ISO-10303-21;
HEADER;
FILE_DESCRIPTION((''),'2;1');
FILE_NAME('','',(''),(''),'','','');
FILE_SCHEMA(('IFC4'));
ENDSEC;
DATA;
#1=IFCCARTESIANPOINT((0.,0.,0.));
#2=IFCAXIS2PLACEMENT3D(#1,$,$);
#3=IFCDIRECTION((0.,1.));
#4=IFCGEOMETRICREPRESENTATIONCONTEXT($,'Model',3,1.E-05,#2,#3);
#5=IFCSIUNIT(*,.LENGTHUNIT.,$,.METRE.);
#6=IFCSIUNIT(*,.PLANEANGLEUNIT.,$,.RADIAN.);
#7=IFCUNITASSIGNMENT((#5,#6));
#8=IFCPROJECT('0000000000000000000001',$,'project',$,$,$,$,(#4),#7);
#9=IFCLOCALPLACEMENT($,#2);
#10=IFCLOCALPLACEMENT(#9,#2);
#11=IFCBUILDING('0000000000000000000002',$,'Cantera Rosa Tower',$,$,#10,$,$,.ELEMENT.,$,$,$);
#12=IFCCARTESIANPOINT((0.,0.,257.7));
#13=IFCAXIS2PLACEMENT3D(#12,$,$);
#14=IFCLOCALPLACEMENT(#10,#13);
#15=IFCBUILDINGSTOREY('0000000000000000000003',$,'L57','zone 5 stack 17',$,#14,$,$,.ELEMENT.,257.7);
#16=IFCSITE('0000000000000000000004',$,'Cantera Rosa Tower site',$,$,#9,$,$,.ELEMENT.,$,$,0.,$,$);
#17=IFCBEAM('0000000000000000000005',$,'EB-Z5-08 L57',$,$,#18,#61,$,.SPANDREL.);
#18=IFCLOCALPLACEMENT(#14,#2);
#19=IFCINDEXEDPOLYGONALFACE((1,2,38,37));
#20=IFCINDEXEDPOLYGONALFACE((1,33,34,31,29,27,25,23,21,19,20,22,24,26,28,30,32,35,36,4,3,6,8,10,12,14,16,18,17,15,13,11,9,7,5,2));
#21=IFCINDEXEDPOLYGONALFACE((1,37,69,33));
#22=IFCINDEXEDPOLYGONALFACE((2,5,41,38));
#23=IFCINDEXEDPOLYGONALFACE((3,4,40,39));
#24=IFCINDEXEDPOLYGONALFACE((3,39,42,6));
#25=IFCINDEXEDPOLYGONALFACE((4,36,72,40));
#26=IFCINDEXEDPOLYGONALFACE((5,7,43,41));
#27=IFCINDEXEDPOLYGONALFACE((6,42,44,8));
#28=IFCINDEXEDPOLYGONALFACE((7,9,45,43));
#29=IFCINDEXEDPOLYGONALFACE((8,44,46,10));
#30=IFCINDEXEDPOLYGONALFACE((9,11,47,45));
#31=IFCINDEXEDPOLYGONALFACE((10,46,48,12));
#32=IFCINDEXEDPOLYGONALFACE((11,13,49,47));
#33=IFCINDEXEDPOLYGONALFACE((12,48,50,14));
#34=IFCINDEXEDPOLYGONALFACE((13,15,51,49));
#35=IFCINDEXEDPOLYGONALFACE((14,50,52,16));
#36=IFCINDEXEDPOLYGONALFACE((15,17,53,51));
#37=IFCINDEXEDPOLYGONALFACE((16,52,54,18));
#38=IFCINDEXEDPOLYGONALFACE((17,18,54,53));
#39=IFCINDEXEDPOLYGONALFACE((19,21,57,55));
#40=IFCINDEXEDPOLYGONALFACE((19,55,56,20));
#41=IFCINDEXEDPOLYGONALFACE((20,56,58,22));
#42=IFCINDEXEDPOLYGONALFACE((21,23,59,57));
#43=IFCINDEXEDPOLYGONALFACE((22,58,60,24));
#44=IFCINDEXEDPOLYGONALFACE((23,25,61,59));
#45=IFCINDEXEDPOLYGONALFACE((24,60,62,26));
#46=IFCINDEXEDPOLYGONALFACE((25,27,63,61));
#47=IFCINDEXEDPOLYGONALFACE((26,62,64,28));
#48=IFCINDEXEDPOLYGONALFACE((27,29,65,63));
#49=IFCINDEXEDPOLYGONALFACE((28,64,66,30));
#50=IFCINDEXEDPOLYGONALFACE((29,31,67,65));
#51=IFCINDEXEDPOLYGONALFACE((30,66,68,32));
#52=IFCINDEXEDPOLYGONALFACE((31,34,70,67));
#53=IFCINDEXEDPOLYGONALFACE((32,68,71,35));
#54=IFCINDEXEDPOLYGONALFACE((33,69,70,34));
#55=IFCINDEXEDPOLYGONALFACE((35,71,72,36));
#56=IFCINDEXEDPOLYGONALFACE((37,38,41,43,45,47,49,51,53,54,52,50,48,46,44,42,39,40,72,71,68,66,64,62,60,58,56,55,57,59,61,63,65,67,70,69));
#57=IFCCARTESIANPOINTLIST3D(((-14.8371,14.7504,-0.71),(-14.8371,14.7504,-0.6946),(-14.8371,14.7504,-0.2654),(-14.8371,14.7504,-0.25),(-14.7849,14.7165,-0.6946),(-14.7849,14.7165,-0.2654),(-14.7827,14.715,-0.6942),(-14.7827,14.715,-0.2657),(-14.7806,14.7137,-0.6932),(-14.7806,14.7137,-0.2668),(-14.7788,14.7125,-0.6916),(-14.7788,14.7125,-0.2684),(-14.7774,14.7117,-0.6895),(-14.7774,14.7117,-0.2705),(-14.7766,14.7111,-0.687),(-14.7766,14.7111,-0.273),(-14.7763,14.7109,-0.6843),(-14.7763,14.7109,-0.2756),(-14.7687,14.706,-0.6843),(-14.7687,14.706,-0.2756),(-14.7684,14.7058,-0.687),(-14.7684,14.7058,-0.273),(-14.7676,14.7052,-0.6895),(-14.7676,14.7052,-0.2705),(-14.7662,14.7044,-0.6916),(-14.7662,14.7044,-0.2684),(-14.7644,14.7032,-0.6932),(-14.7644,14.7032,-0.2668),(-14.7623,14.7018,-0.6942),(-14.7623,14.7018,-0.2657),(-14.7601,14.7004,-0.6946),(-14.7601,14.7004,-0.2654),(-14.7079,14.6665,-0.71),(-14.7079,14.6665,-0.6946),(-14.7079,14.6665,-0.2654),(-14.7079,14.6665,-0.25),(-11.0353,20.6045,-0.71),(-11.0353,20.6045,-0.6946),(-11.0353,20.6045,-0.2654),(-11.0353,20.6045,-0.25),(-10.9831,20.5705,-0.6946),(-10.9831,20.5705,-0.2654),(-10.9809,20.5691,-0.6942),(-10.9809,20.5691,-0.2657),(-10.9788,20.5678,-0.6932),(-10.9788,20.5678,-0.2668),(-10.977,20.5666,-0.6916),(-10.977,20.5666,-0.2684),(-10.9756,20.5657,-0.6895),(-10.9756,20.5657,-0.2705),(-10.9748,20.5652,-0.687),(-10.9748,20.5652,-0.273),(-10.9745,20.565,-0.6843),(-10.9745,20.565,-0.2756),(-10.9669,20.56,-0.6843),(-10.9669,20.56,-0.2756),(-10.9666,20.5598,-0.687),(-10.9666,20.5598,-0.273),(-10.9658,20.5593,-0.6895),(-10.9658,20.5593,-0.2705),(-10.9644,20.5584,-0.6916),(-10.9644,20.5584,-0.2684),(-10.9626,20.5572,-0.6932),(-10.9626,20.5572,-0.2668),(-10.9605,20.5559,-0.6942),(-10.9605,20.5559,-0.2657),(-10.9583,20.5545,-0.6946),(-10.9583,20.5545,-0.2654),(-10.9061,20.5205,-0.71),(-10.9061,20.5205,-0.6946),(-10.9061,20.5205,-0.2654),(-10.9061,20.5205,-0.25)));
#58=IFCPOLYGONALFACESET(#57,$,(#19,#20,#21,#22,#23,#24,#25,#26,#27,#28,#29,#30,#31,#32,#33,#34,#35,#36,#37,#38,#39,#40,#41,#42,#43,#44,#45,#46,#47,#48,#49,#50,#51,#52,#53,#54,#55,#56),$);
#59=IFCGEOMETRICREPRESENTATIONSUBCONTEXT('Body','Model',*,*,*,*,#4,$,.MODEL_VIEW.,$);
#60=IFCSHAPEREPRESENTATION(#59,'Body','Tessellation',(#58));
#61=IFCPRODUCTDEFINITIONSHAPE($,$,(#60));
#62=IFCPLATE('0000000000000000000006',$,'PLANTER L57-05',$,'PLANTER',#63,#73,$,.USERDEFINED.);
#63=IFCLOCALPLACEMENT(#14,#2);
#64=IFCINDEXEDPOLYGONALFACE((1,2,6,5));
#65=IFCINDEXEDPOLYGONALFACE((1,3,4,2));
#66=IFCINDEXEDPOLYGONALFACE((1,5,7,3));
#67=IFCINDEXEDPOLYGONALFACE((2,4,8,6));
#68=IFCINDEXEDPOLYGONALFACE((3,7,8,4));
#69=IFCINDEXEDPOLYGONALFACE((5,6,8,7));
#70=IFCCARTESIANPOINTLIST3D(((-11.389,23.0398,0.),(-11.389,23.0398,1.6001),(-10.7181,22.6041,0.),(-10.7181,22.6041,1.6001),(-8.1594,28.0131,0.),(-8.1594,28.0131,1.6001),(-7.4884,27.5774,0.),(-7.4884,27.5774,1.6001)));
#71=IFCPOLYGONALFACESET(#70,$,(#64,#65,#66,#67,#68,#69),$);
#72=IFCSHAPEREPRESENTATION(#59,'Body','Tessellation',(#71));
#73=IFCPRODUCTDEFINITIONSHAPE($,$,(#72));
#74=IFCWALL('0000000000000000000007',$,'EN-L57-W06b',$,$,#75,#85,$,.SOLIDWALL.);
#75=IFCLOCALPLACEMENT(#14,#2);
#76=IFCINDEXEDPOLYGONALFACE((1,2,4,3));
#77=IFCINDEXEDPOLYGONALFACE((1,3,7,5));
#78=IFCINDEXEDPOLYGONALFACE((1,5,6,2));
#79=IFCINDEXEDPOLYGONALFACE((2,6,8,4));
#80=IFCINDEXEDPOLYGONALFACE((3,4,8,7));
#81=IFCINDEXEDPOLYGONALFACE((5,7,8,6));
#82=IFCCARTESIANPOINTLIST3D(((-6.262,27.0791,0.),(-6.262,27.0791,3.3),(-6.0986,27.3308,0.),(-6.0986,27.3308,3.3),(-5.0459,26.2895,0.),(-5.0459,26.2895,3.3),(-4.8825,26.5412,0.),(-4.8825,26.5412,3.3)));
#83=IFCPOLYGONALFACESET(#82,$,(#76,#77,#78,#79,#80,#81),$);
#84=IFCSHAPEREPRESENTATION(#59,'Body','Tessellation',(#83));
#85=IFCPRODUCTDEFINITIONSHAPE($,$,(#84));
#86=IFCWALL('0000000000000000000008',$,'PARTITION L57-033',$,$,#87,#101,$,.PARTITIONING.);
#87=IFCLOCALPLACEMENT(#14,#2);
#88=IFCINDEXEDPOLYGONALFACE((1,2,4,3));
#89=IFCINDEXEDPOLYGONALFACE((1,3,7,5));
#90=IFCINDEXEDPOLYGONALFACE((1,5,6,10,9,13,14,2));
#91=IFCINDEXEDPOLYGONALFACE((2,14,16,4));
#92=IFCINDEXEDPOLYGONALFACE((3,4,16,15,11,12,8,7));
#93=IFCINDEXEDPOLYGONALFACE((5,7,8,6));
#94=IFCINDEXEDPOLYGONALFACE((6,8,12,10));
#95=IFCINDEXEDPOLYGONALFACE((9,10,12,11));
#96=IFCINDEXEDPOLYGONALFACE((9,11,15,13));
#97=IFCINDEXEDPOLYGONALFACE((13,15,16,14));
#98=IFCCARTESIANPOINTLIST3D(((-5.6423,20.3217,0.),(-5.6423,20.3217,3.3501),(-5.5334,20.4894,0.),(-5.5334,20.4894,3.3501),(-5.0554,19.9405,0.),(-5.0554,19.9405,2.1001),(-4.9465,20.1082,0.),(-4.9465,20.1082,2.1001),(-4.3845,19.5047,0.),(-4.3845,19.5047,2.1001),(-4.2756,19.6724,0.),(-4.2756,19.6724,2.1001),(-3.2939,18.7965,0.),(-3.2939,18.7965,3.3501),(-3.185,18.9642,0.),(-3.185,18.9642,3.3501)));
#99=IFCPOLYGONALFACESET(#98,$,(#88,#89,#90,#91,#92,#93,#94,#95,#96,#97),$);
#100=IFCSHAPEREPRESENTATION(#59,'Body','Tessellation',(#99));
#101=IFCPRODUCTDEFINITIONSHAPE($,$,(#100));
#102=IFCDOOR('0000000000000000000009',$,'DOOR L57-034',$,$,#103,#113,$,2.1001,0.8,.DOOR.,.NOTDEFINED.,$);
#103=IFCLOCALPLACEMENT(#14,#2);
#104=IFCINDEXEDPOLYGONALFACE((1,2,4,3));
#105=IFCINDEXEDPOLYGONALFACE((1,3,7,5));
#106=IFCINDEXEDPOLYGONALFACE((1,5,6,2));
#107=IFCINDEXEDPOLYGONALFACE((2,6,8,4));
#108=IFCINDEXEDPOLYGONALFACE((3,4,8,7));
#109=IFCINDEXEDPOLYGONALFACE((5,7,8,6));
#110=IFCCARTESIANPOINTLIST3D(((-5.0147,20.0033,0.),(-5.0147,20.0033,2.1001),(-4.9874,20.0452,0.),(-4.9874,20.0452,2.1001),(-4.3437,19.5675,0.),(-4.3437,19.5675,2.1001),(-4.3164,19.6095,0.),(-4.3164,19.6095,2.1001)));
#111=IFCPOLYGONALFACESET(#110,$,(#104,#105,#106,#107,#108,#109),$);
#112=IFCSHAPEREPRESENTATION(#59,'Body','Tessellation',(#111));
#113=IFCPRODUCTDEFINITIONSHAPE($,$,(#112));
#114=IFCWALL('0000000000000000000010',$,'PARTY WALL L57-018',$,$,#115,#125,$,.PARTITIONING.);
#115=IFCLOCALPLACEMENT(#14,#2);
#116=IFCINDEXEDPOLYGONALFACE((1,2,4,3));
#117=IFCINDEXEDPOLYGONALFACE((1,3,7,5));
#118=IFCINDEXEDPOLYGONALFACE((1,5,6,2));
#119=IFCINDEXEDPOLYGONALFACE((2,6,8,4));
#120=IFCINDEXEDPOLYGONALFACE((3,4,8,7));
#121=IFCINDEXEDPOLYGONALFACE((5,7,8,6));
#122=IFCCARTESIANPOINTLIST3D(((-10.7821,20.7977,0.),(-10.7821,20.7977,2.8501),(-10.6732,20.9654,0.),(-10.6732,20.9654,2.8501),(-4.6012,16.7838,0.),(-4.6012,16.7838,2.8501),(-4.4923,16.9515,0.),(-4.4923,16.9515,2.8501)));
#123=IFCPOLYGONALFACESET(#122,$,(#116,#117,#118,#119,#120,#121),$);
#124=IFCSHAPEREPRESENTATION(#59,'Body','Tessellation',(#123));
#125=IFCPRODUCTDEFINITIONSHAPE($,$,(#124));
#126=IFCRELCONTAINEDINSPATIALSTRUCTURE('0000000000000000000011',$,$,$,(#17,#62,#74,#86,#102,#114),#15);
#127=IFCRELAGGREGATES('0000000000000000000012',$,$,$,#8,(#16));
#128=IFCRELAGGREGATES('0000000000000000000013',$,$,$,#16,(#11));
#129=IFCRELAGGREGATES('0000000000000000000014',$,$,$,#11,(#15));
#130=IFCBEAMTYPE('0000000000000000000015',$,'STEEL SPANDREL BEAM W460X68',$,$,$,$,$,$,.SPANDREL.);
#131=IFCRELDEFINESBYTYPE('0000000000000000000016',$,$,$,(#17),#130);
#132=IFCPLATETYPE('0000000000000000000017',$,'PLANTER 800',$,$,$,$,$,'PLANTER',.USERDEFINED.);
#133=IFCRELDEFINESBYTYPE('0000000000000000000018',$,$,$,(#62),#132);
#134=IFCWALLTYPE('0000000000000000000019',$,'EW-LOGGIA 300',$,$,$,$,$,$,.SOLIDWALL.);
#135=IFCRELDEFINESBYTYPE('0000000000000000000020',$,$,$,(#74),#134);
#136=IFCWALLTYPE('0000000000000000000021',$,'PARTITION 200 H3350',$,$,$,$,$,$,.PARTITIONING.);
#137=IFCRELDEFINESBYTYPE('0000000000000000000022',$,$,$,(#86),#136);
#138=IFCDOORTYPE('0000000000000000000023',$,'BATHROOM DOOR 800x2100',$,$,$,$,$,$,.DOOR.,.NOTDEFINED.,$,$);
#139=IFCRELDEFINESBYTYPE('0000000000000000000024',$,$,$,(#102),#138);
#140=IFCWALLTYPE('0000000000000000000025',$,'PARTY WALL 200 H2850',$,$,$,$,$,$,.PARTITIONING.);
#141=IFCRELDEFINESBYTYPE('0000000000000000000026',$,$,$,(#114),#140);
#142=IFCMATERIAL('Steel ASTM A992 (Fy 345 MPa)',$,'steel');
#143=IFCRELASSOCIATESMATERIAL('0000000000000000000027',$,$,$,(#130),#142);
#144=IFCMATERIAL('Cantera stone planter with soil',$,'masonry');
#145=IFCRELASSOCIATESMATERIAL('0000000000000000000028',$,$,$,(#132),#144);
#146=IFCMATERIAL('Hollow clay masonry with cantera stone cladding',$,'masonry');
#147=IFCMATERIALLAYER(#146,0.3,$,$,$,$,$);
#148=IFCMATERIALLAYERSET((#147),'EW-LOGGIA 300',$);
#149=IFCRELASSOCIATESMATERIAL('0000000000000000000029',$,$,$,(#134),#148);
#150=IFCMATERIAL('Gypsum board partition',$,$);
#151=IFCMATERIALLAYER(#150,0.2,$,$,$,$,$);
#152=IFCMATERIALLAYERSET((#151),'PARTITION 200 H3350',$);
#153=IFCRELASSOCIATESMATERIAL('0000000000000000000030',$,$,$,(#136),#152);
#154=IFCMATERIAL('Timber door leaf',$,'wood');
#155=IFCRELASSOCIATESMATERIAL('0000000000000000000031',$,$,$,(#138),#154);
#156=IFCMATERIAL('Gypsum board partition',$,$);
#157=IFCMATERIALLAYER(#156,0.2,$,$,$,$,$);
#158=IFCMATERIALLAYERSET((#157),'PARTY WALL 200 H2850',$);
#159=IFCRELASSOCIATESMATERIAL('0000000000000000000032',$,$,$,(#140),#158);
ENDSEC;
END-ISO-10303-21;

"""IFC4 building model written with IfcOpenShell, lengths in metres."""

from ifc_helpers import new_model, si_unit, direction, frame, frame_2d, origin, origin_2d, place, context, subcontext, project, spatial, rectangle, i_section, extrude, material, layer, layer_set, material_profile, profile_set, type_object, element, fill, save


model = new_model("IFC4")

# Units and contexts
model_context = context("Model", 3, precision=1e-05, world=origin(), true_north=direction((0.0, 1.0)))
body_context = subcontext(model_context, "Body", "Model", "MODEL_VIEW")
ifc_project = project(units=[si_unit("LENGTHUNIT", "METRE"), si_unit("PLANEANGLEUNIT", "RADIAN")], contexts=[model_context])

# Site, building, storey
site_placement = place(None, origin())
site = spatial("IfcSite", under=ifc_project, at=site_placement, Name="Cantera Rosa Tower site", CompositionType="ELEMENT", RefElevation=0.0)
building_placement = place(site_placement, origin())
building = spatial("IfcBuilding", under=site, at=building_placement, Name="Cantera Rosa Tower", CompositionType="ELEMENT")
storey_placement = place(building_placement, frame((0.0, 0.0, 257.7)))
storey = spatial("IfcBuildingStorey", under=building, at=storey_placement, Name="L57", Description="zone 5 stack 17", CompositionType="ELEMENT", Elevation=257.7)

# Beam
ifc_material_1 = material(Name="Steel ASTM A992 (Fy 345 MPa)", Category="steel")
ifc_material_profile_1 = material_profile(ifc_material_1, i_section(OverallWidth=0.1541, OverallDepth=0.46, WebThickness=0.009, FlangeThickness=0.0154, FilletRadius=0.0103, at=origin_2d()), Name="W460X68")
ifc_profile_set_1 = profile_set([ifc_material_profile_1], Name="Steel ASTM A992 (Fy 345 MPa)")
beam_type_1 = type_object("IfcBeamType", Name="STEEL SPANDREL BEAM W460X68", PredefinedType="SPANDREL", material=ifc_profile_set_1)
for number, where, z_axis, x_axis, name in (
    (1, (-10.9707, 20.5625, -0.48), (-0.544651, -0.838663, 0.0), (0.838663, -0.544651, 0.0), "EB-Z5-08 L57"),
):
    element("IfcBeam", number, at=place(storey_placement, frame(where, z_axis=z_axis, x_axis=x_axis)), inside=storey, type_object=beam_type_1, Name=name, PredefinedType="SPANDREL", context=body_context, shape_type="SweptSolid", body=[
        extrude(i_section(OverallWidth=0.1541, OverallDepth=0.46, WebThickness=0.009, FlangeThickness=0.0154, FilletRadius=0.0103, at=origin_2d()), origin(), (0.0, 0.0, 1.0), 6.9802),
    ])

# Plate
ifc_material_2 = material(Name="Cantera stone planter with soil", Category="masonry")
plate_type = type_object("IfcPlateType", Name="PLANTER 800", ElementType="PLANTER", PredefinedType="USERDEFINED", material=ifc_material_2)
plate_placement = place(storey_placement, frame((-9.4387, 25.3086, 0.0), z_axis=(0.0, 0.0, 1.0), x_axis=(-0.544639, -0.838671, 0.0)))
element("IfcPlate", 2, at=plate_placement, inside=storey, type_object=plate_type, Name="PLANTER L57-05", ObjectType="PLANTER", PredefinedType="USERDEFINED", context=body_context, shape_type="SweptSolid", body=[
    extrude(rectangle(XDim=5.9299, YDim=0.8, at=origin_2d()), origin(), (0.0, 0.0, 1.0), 1.6001),
])

# Wall
ifc_material_3 = material(Name="Hollow clay masonry with cantera stone cladding", Category="masonry")
ifc_layer_1 = layer(ifc_material_3, 0.3)
ifc_layer_set_1 = layer_set([ifc_layer_1], Name="EW-LOGGIA 300")
wall_type_1 = type_object("IfcWallType", Name="EW-LOGGIA 300", PredefinedType="SOLIDWALL", material=ifc_layer_set_1)
wall_1_placement = place(storey_placement, frame((-4.9641, 26.4153, 0.0), z_axis=(0.0, 0.0, 1.0), x_axis=(-0.838724, 0.544556, 0.0)))
element("IfcWall", 3, at=wall_1_placement, inside=storey, type_object=wall_type_1, Name="EN-L57-W06b", PredefinedType="SOLIDWALL", context=body_context, shape_type="SweptSolid", body=[
    extrude(rectangle(XDim=1.45, YDim=0.3, at=frame_2d((0.7251, 0.0))), origin(), (0.0, 0.0, 1.0), 3.3),
])

# Wall, opening, door
ifc_material_4 = material(Name="Gypsum board partition")
ifc_layer_2 = layer(ifc_material_4, 0.2)
ifc_layer_set_2 = layer_set([ifc_layer_2], Name="PARTITION 200 H3350")
wall_type_2 = type_object("IfcWallType", Name="PARTITION 200 H3350", PredefinedType="PARTITIONING", material=ifc_layer_set_2)
wall_2_placement = place(storey_placement, frame((-5.5879, 20.4055, 0.0), z_axis=(0.0, 0.0, 1.0), x_axis=(0.838657, -0.54466, 0.0)))
wall_2 = element("IfcWall", 4, at=wall_2_placement, inside=storey, type_object=wall_type_2, Name="PARTITION L57-033", PredefinedType="PARTITIONING", context=body_context, shape_type="SweptSolid", body=[
    extrude(rectangle(XDim=2.8003, YDim=0.2, at=frame_2d((1.4001, 0.0))), origin(), (0.0, 0.0, 1.0), 3.3501),
])
opening_1_placement = place(wall_2_placement, frame((0.7, 0.0, 0.0)))
opening_1 = element("IfcOpeningElement", 5, at=opening_1_placement, cuts=wall_2, PredefinedType="OPENING", context=body_context, shape_type="SweptSolid", body=[
    extrude(rectangle(XDim=0.8, YDim=2.1001, at=frame_2d((0.3999, 1.05))), frame((0.0, 0.1099, 0.0), z_axis=(0.0, -1.0, 0.0), x_axis=(1.0, 0.0, 0.0)), (0.0, 0.0, 1.0), 0.22),
])
ifc_material_5 = material(Name="Timber door leaf", Category="wood")
door_type_1 = type_object("IfcDoorType", Name="BATHROOM DOOR 800x2100", OperationType="NOTDEFINED", PredefinedType="DOOR", material=ifc_material_5)
door_1_placement = place(opening_1_placement, origin())
door_1 = element("IfcDoor", 6, at=door_1_placement, inside=storey, type_object=door_type_1, Name="DOOR L57-034", OperationType="NOTDEFINED", OverallHeight=2.1001, OverallWidth=0.8, PredefinedType="DOOR", context=body_context, shape_type="SweptSolid", body=[
    extrude(rectangle(XDim=0.8, YDim=2.1001, at=frame_2d((0.3999, 1.05))), frame((0.0, 0.0249, 0.0), z_axis=(0.0, -1.0, 0.0), x_axis=(1.0, 0.0, 0.0)), (0.0, 0.0, 1.0), 0.05),
])
fill(opening_1, door_1)

# Wall
ifc_material_6 = material(Name="Gypsum board partition")
ifc_layer_3 = layer(ifc_material_6, 0.2)
ifc_layer_set_3 = layer_set([ifc_layer_3], Name="PARTY WALL 200 H2850")
wall_type_3 = type_object("IfcWallType", Name="PARTY WALL 200 H2850", PredefinedType="PARTITIONING", material=ifc_layer_set_3)
wall_3_placement = place(storey_placement, frame((-10.7278, 20.8816, 0.0), z_axis=(0.0, 0.0, 1.0), x_axis=(0.838671, -0.544638, 0.0)))
element("IfcWall", 7, at=wall_3_placement, inside=storey, type_object=wall_type_3, Name="PARTY WALL L57-018", PredefinedType="PARTITIONING", context=body_context, shape_type="SweptSolid", body=[
    extrude(rectangle(XDim=7.3699, YDim=0.2, at=frame_2d((3.6851, 0.0))), origin(), (0.0, 0.0, 1.0), 2.8501),
])

save(model, "model.ifc")
